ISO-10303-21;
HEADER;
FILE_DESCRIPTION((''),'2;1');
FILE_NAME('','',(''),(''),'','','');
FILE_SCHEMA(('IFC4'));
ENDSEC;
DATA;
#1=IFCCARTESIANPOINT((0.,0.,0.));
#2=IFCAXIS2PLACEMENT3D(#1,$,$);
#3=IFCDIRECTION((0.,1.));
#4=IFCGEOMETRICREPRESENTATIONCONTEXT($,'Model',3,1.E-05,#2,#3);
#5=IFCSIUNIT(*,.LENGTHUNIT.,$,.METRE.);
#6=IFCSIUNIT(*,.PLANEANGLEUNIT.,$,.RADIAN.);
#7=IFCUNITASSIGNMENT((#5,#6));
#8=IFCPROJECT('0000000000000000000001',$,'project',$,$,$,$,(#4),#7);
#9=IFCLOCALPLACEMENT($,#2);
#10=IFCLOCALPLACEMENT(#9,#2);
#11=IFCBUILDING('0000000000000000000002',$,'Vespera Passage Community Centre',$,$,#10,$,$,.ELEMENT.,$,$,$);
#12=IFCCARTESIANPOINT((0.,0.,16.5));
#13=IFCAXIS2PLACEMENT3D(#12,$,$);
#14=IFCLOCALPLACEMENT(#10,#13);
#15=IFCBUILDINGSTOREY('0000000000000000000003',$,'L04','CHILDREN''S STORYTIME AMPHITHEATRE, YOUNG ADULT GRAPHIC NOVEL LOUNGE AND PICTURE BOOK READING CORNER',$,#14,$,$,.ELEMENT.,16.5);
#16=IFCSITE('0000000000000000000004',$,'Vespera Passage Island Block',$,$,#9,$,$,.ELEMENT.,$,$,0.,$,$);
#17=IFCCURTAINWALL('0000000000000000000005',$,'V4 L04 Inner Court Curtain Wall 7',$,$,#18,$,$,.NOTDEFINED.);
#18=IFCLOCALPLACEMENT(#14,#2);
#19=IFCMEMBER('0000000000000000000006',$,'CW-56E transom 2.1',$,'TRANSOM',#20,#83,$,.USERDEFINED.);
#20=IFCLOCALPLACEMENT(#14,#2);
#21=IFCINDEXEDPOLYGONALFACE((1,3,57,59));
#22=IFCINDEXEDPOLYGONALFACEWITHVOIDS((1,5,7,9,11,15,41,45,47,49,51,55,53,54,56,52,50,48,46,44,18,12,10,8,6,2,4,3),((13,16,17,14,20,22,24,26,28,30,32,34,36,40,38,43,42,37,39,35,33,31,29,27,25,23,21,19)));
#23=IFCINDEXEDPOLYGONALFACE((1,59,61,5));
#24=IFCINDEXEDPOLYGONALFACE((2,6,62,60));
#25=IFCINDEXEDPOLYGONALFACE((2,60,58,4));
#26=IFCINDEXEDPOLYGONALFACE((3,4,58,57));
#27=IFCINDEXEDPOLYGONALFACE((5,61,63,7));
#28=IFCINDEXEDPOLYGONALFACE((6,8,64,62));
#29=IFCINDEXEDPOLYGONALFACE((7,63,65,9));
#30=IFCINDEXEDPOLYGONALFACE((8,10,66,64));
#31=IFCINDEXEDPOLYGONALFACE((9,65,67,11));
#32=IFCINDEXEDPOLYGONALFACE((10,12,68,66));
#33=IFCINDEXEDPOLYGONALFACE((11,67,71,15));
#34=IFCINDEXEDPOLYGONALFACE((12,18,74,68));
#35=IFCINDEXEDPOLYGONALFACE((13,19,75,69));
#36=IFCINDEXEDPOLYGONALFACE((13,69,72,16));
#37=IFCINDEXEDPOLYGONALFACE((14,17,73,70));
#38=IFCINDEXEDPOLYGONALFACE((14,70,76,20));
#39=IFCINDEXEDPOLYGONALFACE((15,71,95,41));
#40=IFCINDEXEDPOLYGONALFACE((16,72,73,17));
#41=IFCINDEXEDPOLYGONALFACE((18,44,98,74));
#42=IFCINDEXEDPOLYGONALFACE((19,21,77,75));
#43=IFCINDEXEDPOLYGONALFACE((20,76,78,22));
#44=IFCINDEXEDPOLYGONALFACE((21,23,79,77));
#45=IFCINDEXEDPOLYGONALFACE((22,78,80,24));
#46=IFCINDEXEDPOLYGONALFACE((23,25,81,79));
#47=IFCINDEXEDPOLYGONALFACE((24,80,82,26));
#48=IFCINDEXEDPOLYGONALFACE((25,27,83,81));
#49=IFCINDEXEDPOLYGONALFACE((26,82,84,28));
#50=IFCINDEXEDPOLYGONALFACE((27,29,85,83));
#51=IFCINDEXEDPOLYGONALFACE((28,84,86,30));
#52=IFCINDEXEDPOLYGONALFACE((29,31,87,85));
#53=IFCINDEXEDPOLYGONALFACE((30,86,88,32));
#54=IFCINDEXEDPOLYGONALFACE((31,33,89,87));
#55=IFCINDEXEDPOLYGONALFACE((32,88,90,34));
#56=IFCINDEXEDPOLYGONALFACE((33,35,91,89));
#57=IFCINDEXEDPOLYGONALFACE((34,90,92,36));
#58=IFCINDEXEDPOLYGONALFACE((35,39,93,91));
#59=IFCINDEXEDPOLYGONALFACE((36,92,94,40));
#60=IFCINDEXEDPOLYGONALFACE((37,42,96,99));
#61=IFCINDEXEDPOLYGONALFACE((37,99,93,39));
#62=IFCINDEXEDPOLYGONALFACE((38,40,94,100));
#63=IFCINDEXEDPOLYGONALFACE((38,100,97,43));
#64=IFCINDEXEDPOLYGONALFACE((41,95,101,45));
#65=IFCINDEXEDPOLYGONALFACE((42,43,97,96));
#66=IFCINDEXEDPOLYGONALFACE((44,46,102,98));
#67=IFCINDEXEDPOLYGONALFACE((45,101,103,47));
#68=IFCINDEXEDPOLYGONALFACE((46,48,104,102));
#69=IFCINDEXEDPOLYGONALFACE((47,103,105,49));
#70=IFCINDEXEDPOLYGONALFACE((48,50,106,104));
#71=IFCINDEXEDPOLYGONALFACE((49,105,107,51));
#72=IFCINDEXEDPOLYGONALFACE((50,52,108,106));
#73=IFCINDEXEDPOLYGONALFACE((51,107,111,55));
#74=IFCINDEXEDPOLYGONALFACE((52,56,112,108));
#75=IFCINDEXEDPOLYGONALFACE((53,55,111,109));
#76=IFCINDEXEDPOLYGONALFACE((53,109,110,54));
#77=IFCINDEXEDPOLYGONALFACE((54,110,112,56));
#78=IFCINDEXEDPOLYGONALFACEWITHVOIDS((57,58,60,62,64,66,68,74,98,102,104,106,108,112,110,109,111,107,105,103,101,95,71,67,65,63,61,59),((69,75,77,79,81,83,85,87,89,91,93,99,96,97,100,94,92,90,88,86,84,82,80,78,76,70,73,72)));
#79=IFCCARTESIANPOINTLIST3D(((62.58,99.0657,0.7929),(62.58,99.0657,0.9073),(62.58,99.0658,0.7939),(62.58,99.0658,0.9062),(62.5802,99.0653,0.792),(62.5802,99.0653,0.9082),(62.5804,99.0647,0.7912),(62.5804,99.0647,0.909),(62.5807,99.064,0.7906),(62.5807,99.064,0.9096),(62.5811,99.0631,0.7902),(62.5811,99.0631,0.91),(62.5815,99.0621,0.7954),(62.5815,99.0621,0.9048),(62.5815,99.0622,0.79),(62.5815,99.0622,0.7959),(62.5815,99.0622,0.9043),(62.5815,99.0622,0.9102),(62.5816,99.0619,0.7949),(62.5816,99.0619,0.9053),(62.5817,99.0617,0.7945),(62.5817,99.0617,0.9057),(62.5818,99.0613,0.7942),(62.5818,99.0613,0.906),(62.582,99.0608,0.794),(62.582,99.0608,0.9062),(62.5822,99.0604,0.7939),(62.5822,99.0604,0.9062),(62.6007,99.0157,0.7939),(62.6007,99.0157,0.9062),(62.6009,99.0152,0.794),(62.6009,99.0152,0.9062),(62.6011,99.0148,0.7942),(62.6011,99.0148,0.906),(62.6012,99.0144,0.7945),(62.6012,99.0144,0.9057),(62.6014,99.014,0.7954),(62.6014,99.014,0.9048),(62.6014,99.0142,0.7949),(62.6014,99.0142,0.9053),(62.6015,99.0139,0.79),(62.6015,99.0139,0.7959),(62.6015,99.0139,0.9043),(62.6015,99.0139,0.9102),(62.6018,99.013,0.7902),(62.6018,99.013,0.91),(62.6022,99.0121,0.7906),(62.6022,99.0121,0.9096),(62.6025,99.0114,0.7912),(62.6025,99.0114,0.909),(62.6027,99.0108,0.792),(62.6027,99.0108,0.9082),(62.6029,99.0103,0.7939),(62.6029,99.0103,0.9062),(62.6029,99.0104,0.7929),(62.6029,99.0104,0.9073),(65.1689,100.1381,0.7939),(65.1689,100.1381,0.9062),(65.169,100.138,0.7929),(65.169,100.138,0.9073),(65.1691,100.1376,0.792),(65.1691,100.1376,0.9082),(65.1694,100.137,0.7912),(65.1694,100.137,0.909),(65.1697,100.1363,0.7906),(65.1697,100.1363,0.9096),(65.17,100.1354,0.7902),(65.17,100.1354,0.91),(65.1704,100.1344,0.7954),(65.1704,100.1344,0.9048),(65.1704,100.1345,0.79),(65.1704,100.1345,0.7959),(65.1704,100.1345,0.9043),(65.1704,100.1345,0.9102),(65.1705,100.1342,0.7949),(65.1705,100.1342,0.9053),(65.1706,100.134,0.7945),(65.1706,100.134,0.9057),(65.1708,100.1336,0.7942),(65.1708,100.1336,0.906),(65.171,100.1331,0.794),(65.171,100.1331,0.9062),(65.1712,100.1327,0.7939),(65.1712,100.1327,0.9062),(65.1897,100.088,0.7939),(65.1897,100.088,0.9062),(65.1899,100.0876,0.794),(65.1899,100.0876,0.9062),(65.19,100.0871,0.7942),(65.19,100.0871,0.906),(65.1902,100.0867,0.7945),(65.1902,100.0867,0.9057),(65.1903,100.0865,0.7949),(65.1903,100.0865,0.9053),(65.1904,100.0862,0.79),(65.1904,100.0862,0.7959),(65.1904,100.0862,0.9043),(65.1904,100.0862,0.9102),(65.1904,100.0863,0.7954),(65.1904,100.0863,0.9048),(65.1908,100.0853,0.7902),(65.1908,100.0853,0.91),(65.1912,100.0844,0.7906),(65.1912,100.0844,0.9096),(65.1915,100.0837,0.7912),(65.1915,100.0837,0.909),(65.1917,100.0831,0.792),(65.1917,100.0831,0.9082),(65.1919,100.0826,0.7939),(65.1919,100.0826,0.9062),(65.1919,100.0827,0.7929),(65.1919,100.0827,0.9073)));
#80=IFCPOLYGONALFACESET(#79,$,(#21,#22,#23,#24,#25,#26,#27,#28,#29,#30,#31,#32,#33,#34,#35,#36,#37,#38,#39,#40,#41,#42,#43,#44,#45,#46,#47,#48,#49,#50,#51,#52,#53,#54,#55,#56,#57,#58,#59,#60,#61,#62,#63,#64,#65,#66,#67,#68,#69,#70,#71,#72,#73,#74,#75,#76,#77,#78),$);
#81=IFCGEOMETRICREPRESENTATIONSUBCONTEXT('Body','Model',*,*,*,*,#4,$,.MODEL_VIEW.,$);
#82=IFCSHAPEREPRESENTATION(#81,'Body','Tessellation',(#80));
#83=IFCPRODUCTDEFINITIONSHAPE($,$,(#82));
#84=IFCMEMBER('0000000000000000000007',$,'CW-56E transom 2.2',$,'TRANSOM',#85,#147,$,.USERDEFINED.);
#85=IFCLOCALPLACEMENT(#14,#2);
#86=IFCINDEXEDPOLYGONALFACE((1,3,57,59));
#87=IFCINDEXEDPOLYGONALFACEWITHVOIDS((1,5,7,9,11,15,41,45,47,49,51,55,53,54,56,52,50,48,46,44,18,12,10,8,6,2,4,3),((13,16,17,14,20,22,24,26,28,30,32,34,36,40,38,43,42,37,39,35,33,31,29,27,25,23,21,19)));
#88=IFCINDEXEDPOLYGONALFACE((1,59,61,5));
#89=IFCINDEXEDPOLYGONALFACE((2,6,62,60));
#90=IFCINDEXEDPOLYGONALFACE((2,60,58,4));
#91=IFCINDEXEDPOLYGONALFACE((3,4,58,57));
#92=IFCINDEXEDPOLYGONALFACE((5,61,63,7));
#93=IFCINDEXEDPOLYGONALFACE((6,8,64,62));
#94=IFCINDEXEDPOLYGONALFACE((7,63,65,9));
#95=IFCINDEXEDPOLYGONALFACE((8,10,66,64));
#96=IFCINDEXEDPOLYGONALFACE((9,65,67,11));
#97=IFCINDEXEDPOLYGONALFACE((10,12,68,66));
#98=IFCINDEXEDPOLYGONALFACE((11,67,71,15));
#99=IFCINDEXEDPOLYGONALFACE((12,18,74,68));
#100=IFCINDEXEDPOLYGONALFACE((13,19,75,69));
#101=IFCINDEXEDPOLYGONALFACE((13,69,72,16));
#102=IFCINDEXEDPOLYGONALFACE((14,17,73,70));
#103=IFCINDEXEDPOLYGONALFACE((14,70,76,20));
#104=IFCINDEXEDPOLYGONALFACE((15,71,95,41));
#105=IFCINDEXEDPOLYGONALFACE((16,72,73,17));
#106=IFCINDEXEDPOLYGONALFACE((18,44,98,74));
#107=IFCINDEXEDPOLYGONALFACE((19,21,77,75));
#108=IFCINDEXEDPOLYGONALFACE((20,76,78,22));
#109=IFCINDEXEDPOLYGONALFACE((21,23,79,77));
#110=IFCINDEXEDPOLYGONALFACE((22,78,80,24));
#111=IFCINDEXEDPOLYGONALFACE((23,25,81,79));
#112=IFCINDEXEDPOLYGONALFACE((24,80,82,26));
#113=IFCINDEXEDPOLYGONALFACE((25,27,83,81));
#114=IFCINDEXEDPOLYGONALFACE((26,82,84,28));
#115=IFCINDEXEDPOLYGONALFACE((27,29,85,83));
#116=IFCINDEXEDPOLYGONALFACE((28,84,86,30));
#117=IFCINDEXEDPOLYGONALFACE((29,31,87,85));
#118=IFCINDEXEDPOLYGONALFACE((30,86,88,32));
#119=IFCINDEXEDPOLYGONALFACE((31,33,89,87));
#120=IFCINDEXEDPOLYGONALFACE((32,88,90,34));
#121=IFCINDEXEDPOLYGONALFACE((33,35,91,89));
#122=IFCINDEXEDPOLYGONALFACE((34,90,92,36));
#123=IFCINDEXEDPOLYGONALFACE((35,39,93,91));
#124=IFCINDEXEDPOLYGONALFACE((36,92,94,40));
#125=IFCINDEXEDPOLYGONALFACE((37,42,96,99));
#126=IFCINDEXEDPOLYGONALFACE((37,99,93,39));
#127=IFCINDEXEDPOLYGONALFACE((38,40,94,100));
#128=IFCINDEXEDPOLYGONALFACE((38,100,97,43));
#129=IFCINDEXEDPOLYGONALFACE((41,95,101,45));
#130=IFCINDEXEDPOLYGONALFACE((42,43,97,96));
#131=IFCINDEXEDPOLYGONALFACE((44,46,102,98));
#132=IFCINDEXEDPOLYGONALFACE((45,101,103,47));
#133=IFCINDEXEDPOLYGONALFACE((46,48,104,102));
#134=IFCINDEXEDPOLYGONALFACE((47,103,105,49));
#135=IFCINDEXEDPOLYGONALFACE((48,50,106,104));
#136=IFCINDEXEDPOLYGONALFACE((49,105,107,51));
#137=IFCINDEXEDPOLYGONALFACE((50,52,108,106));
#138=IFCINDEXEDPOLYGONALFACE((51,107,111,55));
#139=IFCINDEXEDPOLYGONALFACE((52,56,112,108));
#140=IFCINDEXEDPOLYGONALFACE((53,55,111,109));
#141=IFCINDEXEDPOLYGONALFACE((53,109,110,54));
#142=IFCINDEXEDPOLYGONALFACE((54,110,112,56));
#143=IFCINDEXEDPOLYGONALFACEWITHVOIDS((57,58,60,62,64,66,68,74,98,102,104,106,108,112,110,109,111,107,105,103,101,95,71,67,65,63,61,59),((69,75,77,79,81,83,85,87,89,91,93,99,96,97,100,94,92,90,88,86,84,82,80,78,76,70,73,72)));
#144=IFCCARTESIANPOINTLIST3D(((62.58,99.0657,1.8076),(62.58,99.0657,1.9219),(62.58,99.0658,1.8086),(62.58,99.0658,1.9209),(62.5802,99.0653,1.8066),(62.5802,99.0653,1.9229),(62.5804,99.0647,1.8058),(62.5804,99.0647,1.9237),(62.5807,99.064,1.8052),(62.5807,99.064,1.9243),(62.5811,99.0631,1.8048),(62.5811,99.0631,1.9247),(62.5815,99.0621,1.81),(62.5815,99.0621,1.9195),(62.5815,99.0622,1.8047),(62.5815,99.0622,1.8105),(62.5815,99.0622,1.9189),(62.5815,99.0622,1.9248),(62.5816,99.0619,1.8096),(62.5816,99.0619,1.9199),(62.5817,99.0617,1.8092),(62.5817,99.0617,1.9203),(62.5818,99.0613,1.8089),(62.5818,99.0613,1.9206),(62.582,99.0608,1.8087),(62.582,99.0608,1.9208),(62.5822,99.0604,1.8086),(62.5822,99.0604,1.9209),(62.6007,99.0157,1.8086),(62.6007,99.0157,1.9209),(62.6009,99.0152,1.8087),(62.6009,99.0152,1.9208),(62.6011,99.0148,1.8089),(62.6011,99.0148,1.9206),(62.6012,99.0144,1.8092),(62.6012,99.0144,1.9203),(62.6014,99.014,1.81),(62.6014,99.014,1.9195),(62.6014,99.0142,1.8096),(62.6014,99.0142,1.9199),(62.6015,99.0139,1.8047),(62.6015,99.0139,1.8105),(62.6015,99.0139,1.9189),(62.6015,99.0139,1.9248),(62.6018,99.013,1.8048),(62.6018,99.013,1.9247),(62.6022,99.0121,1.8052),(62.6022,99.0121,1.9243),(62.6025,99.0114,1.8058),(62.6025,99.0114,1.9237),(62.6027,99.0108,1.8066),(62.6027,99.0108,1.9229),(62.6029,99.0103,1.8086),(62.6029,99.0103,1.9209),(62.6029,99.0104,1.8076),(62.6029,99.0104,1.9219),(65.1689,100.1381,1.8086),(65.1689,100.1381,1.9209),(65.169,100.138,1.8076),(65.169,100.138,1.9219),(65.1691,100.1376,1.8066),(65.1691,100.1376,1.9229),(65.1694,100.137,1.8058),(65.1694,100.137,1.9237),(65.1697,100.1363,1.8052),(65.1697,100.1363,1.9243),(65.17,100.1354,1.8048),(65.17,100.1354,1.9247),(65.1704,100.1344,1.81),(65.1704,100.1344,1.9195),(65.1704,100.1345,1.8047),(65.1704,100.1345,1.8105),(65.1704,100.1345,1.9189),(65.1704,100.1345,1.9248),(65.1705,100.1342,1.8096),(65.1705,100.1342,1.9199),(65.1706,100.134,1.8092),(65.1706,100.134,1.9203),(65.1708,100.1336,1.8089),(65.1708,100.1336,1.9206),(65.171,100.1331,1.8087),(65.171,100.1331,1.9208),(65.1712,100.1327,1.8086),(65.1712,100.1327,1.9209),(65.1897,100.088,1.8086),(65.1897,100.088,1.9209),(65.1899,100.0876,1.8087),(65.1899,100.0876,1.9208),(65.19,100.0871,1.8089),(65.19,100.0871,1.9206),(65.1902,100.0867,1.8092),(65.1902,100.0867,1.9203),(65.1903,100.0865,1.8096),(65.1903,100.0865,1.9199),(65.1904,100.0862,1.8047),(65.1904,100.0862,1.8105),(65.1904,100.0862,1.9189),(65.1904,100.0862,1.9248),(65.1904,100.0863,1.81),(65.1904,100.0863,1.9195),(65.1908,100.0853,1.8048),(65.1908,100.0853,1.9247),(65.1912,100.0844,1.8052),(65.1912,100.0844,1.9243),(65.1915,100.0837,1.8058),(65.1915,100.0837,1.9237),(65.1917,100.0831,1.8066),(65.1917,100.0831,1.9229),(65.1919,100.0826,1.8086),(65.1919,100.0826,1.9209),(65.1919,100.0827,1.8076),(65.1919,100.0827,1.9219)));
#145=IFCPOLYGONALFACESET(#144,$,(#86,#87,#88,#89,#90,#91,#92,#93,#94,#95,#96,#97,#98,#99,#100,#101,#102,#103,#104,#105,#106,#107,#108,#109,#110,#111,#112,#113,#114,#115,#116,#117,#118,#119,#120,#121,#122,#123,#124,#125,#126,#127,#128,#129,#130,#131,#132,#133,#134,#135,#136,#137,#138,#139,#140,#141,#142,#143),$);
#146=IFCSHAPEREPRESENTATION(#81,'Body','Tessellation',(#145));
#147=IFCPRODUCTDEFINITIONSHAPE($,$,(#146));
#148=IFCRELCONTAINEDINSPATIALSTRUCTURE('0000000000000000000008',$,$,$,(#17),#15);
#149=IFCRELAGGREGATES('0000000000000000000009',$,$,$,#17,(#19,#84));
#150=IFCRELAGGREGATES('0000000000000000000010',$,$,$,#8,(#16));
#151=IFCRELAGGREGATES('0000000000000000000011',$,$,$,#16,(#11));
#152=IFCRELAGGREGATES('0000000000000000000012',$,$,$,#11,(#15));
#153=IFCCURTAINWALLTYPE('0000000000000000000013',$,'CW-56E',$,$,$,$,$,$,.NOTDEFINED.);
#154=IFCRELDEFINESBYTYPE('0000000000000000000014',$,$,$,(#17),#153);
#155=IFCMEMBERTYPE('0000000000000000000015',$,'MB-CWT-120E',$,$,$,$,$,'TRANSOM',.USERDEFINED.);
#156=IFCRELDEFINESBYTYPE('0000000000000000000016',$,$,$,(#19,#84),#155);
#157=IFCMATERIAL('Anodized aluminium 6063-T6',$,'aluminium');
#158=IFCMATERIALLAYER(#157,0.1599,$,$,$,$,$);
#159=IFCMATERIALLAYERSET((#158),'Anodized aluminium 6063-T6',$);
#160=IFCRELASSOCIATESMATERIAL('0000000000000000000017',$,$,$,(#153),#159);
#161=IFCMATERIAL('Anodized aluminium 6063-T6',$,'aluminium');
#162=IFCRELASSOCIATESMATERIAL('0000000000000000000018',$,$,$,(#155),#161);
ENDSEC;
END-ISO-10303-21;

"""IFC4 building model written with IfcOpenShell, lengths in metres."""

from ifc_helpers import new_model, si_unit, direction, frame, origin, origin_2d, place, context, subcontext, project, spatial, hollow_rectangle, extrude, material, layer, layer_set, material_profile, profile_set, type_object, element, aggregate, save


model = new_model("IFC4")

# Units and contexts
model_context = context("Model", 3, precision=1e-05, world=origin(), true_north=direction((0.0, 1.0)))
body_context = subcontext(model_context, "Body", "Model", "MODEL_VIEW")
ifc_project = project(units=[si_unit("LENGTHUNIT", "METRE"), si_unit("PLANEANGLEUNIT", "RADIAN")], contexts=[model_context])

# Site, building, storey
site_placement = place(None, origin())
site = spatial("IfcSite", under=ifc_project, at=site_placement, Name="Vespera Passage Island Block", CompositionType="ELEMENT", RefElevation=0.0)
building_placement = place(site_placement, origin())
building = spatial("IfcBuilding", under=site, at=building_placement, Name="Vespera Passage Community Centre", CompositionType="ELEMENT")
storey_placement = place(building_placement, frame((0.0, 0.0, 16.5)))
storey = spatial("IfcBuildingStorey", under=building, at=storey_placement, Name="L04", Description="CHILDREN'S STORYTIME AMPHITHEATRE, YOUNG ADULT GRAPHIC NOVEL LOUNGE AND PICTURE BOOK READING CORNER", CompositionType="ELEMENT", Elevation=16.5)

# Curtain wall
ifc_material_1 = material(Name="Anodized aluminium 6063-T6", Category="aluminium")
ifc_layer_1 = layer(ifc_material_1, 0.1599)
ifc_layer_set_1 = layer_set([ifc_layer_1], Name="Anodized aluminium 6063-T6")
curtain_wall_type_1 = type_object("IfcCurtainWallType", Name="CW-56E", PredefinedType="NOTDEFINED", material=ifc_layer_set_1)
curtain_wall_1_placement = place(storey_placement, origin())
curtain_wall_1 = element("IfcCurtainWall", 1, at=curtain_wall_1_placement, inside=storey, type_object=curtain_wall_type_1, Name="V4 L04 Inner Court Curtain Wall 7", PredefinedType="NOTDEFINED")

# Members
ifc_material_2 = material(Name="Anodized aluminium 6063-T6", Category="aluminium")
ifc_material_profile_1 = material_profile(ifc_material_2, hollow_rectangle(XDim=0.0601, YDim=0.1201, WallThickness=0.0039, InnerFilletRadius=0.002, OuterFilletRadius=0.0039, at=origin_2d()), Name="ALU120X60X4")
ifc_profile_set_1 = profile_set([ifc_material_profile_1], Name="Anodized aluminium 6063-T6")
member_type_1 = type_object("IfcMemberType", Name="MB-CWT-120E", ElementType="TRANSOM", PredefinedType="USERDEFINED", material=ifc_profile_set_1)
member_1_placement = place(storey_placement, frame((65.1804, 100.1104, 0.8501), z_axis=(-0.923889, -0.38266, 0.0), x_axis=(0.38266, -0.923889, 0.0)))
member_1 = element("IfcMember", 2, at=member_1_placement, type_object=member_type_1, Name="CW-56E transom 2.1", ObjectType="TRANSOM", PredefinedType="USERDEFINED", context=body_context, shape_type="SweptSolid", body=[
    extrude(hollow_rectangle(XDim=0.0601, YDim=0.1201, WallThickness=0.0039, InnerFilletRadius=0.002, OuterFilletRadius=0.0039, at=origin_2d()), origin(), (0.0, 0.0, 1.0), 2.8022),
])
member_2_placement = place(storey_placement, frame((65.1804, 100.1104, 1.8647), z_axis=(-0.923889, -0.38266, 0.0), x_axis=(0.38266, -0.923889, 0.0)))
member_2 = element("IfcMember", 3, at=member_2_placement, type_object=member_type_1, Name="CW-56E transom 2.2", ObjectType="TRANSOM", PredefinedType="USERDEFINED", context=body_context, shape_type="SweptSolid", body=[
    extrude(hollow_rectangle(XDim=0.0601, YDim=0.1201, WallThickness=0.0039, InnerFilletRadius=0.002, OuterFilletRadius=0.0039, at=origin_2d()), origin(), (0.0, 0.0, 1.0), 2.8022),
])

aggregate(curtain_wall_1, [member_1, member_2])

save(model, "model.ifc")
